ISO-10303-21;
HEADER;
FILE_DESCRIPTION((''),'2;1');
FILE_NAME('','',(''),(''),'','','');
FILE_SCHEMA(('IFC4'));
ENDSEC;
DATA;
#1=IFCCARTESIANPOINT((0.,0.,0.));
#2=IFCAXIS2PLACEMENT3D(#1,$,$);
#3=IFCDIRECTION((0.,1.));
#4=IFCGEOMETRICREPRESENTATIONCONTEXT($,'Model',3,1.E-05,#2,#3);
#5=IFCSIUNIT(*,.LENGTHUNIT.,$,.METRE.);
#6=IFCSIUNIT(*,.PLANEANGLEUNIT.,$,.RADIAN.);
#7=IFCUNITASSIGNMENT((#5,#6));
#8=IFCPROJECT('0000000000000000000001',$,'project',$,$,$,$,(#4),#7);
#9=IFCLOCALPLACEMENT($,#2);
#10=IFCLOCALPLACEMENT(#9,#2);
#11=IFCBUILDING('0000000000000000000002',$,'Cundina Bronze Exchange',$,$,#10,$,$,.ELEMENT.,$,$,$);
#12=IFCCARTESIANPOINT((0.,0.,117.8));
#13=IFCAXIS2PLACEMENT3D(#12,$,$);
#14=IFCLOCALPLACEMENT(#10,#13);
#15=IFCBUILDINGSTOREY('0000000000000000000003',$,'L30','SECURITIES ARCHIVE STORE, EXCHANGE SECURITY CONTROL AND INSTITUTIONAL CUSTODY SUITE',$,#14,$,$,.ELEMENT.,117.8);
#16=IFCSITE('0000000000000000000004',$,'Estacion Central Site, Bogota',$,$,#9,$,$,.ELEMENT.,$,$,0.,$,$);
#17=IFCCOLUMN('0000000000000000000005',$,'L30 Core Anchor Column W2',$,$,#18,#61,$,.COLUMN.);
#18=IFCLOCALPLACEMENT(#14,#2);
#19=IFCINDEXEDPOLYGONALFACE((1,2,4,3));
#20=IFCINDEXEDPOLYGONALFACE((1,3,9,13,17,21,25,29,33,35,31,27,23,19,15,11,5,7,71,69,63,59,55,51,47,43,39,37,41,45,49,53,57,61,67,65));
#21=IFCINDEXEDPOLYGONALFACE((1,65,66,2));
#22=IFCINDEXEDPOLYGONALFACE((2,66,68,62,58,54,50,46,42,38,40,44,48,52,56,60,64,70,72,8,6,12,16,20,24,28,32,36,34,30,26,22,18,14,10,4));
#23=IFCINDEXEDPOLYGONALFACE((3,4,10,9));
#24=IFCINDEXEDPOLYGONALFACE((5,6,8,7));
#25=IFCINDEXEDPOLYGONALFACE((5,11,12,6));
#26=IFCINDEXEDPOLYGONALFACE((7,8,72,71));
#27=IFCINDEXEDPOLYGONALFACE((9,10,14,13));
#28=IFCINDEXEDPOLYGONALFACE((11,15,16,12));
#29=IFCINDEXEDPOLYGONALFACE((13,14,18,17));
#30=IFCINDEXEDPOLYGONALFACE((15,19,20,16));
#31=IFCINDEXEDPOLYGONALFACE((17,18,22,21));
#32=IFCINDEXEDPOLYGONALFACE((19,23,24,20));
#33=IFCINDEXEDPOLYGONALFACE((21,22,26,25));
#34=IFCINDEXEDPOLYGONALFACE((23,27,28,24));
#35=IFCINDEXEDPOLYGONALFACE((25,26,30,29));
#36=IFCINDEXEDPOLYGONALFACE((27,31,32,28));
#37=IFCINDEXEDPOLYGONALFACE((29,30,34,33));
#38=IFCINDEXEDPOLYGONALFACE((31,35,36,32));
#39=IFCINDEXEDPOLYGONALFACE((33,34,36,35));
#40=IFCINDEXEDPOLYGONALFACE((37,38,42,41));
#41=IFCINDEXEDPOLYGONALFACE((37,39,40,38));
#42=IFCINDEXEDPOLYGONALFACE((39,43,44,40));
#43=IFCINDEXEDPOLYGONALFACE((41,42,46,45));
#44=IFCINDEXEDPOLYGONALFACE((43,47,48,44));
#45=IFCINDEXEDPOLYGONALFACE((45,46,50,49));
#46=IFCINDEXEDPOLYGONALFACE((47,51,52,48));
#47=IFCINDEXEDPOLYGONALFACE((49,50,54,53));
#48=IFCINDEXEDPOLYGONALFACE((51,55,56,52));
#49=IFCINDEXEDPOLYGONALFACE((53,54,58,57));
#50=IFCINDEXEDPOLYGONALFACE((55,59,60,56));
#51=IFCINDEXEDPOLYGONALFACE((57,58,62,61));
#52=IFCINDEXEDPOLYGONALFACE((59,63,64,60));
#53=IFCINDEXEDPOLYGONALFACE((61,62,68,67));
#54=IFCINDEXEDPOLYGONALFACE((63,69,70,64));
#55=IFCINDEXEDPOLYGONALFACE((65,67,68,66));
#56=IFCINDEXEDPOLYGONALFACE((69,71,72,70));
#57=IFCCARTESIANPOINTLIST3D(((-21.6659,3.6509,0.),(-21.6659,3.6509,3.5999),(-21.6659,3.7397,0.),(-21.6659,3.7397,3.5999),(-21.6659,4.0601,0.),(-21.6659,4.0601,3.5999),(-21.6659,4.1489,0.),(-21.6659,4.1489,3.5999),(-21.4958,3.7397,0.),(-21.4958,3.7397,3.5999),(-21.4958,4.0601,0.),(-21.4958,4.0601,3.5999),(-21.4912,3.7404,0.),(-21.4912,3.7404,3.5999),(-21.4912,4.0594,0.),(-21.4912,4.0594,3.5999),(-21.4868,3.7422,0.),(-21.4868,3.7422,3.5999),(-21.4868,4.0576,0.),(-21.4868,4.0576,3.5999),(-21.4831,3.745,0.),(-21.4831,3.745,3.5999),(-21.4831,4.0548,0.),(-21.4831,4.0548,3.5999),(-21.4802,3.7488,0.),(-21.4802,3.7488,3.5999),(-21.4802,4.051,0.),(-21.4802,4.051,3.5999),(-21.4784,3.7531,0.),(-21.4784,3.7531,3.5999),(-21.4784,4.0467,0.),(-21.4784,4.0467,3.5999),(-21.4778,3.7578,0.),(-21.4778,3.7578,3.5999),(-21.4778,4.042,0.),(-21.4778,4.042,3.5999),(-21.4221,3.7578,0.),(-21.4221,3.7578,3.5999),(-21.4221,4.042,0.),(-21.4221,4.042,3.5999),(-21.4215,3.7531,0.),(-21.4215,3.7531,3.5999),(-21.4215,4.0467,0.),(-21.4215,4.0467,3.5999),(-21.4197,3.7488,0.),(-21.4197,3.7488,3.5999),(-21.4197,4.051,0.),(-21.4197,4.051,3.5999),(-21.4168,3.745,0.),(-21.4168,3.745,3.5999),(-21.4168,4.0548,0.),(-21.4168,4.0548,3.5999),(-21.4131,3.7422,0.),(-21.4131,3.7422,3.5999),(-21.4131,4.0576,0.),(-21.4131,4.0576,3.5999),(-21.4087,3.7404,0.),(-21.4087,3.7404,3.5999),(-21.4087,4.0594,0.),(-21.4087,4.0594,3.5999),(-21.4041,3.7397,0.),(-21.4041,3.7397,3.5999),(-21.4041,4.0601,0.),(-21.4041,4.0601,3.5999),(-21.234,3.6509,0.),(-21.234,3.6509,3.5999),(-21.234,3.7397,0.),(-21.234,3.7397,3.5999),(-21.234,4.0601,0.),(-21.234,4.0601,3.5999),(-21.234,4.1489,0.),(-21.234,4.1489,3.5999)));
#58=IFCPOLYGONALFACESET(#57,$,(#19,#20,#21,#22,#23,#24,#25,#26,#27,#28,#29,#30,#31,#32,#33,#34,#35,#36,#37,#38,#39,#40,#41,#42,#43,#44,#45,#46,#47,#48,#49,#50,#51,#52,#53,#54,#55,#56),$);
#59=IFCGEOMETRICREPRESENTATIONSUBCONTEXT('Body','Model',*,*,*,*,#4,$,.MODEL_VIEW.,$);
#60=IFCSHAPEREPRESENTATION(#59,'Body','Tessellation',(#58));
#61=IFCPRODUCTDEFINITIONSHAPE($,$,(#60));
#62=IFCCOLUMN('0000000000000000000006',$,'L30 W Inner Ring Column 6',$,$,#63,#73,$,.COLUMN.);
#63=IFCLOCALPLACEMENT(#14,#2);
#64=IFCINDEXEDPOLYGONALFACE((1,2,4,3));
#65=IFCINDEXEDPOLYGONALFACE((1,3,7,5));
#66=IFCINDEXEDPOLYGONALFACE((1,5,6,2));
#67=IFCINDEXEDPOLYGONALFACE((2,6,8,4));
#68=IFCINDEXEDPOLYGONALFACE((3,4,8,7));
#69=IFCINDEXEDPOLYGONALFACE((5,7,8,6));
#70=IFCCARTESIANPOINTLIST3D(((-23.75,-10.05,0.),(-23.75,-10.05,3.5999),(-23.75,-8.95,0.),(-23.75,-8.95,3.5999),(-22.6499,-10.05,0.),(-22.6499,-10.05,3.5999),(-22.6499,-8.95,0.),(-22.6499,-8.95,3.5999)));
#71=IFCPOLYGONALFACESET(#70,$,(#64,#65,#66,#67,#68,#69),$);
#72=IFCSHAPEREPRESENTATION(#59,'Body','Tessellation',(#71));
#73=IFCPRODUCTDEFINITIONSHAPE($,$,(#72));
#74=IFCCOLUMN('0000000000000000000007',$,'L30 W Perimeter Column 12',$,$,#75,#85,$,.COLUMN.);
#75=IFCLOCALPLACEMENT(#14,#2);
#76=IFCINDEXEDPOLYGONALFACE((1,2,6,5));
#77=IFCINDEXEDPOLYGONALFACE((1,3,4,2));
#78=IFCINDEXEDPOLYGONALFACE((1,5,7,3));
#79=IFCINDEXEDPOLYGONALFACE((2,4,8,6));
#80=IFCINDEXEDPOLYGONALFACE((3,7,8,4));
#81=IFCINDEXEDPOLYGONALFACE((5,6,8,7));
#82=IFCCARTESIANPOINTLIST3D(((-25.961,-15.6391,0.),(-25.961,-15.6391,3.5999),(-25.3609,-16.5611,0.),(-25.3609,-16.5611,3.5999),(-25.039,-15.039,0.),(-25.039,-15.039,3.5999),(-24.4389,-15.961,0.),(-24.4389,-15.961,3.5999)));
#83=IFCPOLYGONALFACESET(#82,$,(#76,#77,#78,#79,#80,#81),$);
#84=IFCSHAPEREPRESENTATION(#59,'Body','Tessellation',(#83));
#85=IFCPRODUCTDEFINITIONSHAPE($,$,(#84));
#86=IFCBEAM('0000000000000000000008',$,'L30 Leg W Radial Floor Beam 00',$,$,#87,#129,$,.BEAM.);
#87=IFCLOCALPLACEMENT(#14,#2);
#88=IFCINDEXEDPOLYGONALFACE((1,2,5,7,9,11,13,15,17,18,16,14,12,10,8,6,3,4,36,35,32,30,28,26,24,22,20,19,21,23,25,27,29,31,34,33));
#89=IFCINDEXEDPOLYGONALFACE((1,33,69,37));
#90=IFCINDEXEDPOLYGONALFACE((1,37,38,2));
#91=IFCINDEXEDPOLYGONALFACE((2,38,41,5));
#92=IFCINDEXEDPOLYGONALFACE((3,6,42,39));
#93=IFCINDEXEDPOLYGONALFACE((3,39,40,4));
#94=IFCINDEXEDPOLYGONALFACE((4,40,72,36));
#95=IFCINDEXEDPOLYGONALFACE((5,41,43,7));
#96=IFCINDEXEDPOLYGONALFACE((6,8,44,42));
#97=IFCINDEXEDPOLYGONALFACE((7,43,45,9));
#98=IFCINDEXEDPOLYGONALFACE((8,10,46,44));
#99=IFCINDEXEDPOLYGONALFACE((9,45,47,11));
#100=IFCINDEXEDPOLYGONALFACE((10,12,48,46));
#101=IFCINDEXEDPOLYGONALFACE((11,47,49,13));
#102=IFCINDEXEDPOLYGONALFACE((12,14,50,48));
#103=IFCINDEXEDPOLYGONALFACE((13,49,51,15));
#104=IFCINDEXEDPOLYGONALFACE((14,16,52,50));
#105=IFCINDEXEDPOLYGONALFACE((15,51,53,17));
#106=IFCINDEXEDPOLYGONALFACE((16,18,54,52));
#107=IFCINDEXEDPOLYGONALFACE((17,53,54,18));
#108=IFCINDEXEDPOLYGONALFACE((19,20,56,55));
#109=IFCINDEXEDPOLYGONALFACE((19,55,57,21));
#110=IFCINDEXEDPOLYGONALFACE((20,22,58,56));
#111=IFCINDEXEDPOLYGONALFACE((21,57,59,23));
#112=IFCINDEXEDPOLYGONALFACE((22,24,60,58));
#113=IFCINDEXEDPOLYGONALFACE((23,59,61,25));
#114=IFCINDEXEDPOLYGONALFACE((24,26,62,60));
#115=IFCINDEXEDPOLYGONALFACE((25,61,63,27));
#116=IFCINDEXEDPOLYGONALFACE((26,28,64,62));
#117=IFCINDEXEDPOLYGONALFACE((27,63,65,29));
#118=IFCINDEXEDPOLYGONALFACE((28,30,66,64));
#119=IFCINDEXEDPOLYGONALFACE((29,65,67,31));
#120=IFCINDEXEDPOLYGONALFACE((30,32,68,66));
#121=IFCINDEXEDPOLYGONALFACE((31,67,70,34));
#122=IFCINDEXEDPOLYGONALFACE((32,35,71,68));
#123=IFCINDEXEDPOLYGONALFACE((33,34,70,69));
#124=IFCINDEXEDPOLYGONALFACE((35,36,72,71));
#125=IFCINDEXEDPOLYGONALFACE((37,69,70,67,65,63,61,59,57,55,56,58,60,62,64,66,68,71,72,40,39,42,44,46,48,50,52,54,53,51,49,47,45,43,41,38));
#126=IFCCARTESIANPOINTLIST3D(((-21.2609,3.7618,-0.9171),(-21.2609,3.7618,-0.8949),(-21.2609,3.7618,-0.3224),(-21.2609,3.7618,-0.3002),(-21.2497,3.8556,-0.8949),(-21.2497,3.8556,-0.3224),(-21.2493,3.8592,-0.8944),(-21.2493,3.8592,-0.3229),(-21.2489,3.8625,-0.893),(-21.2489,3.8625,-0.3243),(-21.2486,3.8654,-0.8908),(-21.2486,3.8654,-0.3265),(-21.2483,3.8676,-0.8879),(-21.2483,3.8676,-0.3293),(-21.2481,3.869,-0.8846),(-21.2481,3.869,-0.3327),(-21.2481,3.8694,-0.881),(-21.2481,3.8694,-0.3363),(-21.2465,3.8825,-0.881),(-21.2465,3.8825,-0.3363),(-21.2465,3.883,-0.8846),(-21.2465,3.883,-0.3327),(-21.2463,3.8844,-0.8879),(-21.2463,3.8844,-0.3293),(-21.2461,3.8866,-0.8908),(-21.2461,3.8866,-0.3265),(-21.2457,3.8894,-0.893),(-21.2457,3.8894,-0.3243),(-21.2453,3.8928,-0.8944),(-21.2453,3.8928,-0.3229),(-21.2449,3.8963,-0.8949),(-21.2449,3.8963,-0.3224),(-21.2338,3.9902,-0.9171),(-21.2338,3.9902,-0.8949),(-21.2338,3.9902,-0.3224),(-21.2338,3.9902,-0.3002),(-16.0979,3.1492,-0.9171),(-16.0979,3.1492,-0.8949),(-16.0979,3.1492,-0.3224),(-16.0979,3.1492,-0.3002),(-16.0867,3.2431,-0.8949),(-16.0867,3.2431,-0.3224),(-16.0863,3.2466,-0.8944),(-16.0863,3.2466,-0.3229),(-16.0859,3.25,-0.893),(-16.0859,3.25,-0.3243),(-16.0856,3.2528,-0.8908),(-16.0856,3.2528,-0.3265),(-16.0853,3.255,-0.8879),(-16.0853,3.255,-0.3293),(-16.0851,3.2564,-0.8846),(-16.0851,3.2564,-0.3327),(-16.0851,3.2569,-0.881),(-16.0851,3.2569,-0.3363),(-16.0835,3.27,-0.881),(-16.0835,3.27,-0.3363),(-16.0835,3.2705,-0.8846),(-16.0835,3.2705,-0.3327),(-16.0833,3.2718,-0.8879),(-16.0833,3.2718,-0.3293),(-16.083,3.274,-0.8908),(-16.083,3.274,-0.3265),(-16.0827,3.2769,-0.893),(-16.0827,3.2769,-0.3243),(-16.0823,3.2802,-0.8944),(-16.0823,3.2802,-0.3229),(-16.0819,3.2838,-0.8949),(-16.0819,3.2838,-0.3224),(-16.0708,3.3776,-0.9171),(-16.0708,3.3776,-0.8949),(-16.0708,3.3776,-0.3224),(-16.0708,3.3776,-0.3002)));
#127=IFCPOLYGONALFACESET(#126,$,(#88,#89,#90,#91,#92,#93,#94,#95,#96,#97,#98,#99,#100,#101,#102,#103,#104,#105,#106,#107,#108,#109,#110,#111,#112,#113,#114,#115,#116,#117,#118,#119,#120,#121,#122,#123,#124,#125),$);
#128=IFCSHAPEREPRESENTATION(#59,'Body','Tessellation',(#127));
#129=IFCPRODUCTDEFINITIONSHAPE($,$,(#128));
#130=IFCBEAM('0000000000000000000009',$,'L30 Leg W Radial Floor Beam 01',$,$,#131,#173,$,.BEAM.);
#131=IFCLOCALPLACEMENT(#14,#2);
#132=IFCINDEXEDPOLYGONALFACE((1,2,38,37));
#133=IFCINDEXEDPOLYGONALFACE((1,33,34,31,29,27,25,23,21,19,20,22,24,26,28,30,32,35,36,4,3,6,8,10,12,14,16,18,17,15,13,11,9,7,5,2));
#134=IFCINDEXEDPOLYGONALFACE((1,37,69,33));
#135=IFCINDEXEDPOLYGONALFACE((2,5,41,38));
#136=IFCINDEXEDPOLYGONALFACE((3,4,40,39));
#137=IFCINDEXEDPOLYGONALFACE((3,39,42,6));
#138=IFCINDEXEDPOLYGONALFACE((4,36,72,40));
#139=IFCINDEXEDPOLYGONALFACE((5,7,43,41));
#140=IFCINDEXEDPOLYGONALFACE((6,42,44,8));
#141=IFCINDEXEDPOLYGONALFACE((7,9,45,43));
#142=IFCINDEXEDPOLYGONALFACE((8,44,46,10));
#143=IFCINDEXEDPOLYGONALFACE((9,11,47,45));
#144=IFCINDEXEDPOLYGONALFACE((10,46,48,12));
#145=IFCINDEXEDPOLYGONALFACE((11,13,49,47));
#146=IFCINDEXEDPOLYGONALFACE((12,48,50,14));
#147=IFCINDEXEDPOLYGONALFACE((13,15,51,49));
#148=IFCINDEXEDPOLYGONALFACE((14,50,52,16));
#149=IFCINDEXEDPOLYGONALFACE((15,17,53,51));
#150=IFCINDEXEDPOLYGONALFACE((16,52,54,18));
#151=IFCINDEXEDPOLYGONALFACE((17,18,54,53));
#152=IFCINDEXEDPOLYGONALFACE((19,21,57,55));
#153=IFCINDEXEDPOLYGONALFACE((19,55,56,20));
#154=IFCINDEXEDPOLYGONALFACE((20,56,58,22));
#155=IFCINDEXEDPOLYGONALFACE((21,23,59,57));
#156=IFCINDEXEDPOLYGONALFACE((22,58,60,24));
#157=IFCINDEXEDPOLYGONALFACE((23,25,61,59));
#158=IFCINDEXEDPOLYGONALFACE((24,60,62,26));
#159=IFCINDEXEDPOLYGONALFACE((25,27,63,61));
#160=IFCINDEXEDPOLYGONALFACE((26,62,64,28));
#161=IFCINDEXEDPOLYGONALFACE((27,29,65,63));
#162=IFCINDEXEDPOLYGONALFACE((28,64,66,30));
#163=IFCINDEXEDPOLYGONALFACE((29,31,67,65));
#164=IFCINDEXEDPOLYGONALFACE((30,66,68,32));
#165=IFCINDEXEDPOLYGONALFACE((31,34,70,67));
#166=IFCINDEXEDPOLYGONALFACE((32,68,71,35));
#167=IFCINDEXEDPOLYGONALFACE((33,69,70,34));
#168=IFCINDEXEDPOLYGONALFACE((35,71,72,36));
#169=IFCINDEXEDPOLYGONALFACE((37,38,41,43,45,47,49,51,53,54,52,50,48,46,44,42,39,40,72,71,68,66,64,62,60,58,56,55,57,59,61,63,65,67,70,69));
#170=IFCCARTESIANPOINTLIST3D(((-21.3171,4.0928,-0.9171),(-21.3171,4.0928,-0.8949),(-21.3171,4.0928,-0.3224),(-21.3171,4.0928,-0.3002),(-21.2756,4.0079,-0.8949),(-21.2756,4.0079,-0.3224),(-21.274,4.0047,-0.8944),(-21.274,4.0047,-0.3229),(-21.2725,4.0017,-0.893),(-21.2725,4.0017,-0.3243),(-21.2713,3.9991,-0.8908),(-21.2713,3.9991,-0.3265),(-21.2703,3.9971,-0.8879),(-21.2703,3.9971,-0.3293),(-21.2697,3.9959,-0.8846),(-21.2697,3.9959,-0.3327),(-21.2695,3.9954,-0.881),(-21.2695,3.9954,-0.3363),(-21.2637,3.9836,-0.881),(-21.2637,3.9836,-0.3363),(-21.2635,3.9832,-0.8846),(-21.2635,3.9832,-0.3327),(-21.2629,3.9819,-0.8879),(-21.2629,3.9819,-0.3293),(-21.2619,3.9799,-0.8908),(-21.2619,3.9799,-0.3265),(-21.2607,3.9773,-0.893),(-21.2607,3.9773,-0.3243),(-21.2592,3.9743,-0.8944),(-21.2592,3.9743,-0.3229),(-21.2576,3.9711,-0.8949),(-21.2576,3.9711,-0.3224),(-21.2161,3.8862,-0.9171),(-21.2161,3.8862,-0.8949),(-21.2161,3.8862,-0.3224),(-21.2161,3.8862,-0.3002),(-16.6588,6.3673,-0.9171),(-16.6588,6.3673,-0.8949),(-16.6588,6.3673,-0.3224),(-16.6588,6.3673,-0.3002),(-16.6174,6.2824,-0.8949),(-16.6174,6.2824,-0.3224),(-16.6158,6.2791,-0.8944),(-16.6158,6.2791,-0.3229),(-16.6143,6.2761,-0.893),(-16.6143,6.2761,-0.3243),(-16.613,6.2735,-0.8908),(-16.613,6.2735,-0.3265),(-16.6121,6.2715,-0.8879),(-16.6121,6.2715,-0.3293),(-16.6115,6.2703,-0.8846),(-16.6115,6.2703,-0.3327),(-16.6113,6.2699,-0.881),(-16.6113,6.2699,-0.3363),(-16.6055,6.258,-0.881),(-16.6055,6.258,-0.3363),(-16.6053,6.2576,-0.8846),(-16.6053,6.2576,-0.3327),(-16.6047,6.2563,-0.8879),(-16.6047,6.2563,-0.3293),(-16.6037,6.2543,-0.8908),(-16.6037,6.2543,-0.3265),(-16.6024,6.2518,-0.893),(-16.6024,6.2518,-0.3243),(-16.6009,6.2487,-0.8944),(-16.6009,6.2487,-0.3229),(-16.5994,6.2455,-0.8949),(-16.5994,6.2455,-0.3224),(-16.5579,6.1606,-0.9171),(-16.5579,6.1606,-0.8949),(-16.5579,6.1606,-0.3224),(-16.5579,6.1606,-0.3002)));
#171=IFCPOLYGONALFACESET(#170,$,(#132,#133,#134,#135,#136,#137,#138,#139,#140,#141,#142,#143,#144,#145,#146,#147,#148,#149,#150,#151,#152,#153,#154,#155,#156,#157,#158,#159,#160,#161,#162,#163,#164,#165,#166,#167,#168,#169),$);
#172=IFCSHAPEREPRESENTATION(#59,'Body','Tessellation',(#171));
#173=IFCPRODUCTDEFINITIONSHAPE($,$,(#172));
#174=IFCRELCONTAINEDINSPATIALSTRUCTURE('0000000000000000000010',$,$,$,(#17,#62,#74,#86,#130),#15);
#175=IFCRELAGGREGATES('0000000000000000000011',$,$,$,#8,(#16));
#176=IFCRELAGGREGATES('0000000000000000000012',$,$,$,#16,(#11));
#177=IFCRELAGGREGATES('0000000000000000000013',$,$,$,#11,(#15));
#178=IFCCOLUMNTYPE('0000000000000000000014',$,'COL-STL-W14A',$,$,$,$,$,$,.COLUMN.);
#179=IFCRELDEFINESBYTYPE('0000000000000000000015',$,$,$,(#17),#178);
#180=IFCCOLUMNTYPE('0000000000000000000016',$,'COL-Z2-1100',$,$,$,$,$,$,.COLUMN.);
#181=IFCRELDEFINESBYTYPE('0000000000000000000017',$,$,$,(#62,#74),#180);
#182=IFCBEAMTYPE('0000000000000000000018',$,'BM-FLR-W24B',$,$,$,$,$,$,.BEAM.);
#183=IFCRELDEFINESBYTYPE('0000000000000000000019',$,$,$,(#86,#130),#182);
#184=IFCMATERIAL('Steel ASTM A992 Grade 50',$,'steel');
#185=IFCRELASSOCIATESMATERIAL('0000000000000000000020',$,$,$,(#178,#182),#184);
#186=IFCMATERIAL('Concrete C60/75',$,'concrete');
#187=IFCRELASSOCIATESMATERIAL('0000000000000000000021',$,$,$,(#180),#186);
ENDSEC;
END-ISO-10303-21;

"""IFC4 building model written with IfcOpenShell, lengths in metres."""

from ifc_helpers import new_model, si_unit, direction, frame, origin, origin_2d, place, context, subcontext, project, spatial, rectangle, i_section, extrude, material, material_profile, profile_set, type_object, element, save


model = new_model("IFC4")

# Units and contexts
model_context = context("Model", 3, precision=1e-05, world=origin(), true_north=direction((0.0, 1.0)))
body_context = subcontext(model_context, "Body", "Model", "MODEL_VIEW")
ifc_project = project(units=[si_unit("LENGTHUNIT", "METRE"), si_unit("PLANEANGLEUNIT", "RADIAN")], contexts=[model_context])

# Site, building, storey
site_placement = place(None, origin())
site = spatial("IfcSite", under=ifc_project, at=site_placement, Name="Estacion Central Site, Bogota", CompositionType="ELEMENT", RefElevation=0.0)
building_placement = place(site_placement, origin())
building = spatial("IfcBuilding", under=site, at=building_placement, Name="Cundina Bronze Exchange", CompositionType="ELEMENT")
storey_placement = place(building_placement, frame((0.0, 0.0, 117.8)))
storey = spatial("IfcBuildingStorey", under=building, at=storey_placement, Name="L30", Description="SECURITIES ARCHIVE STORE, EXCHANGE SECURITY CONTROL AND INSTITUTIONAL CUSTODY SUITE", CompositionType="ELEMENT", Elevation=117.8)

# Columns
ifc_material_1 = material(Name="Steel ASTM A992 Grade 50", Category="steel")
ifc_material_profile_1 = material_profile(ifc_material_1, i_section(OverallWidth=0.4319, OverallDepth=0.498, WebThickness=0.0557, FlangeThickness=0.0889, FilletRadius=0.0181, at=origin_2d()), Name="W14X500", Category="steel")
ifc_profile_set_1 = profile_set([ifc_material_profile_1], Name="Steel ASTM A992 Grade 50")
column_type_1 = type_object("IfcColumnType", Name="COL-STL-W14A", PredefinedType="COLUMN", material=ifc_profile_set_1)
column_placement = place(storey_placement, frame((-21.45, 3.8999, 0.0), z_axis=(0.0, 0.0, 1.0), x_axis=(1.0, 0.0, 0.0)))
element("IfcColumn", 1, at=column_placement, inside=storey, type_object=column_type_1, Name="L30 Core Anchor Column W2", PredefinedType="COLUMN", context=body_context, shape_type="SweptSolid", body=[
    extrude(i_section(OverallWidth=0.4319, OverallDepth=0.498, WebThickness=0.0557, FlangeThickness=0.0889, FilletRadius=0.0181, at=origin_2d()), origin(), (0.0, 0.0, 1.0), 3.5999),
])
ifc_material_2 = material(Name="Concrete C60/75", Category="concrete")
ifc_material_profile_2 = material_profile(ifc_material_2, rectangle(XDim=1.1001, YDim=1.1001, at=origin_2d()), Name="RC1100X1100", Category="concrete")
ifc_profile_set_2 = profile_set([ifc_material_profile_2], Name="Concrete C60/75")
column_type_2 = type_object("IfcColumnType", Name="COL-Z2-1100", PredefinedType="COLUMN", material=ifc_profile_set_2)
for number, where, z_axis, x_axis, name in (
    (2, (-23.2, -9.5, 0.0), (0.0, 0.0, 1.0), (1.0, 0.0, 0.0), "L30 W Inner Ring Column 6"),
    (3, (-25.2, -15.8, 0.0), (0.0, 0.0, 1.0), (0.8381, 0.545517, 0.0), "L30 W Perimeter Column 12"),
):
    element("IfcColumn", number, at=place(storey_placement, frame(where, z_axis=z_axis, x_axis=x_axis)), inside=storey, type_object=column_type_2, Name=name, PredefinedType="COLUMN", context=body_context, shape_type="SweptSolid", body=[
        extrude(rectangle(XDim=1.1001, YDim=1.1001, at=origin_2d()), origin(), (0.0, 0.0, 1.0), 3.5999),
    ])

# Beams
ifc_material_profile_3 = material_profile(ifc_material_1, i_section(OverallWidth=0.23, OverallDepth=0.6169, WebThickness=0.0132, FlangeThickness=0.0222, FilletRadius=0.0139, at=origin_2d()), Name="W24X94", Category="steel")
ifc_profile_set_3 = profile_set([ifc_material_profile_3], Name="Steel ASTM A992 Grade 50")
beam_type_1 = type_object("IfcBeamType", Name="BM-FLR-W24B", PredefinedType="BEAM", material=ifc_profile_set_3)
beam_1_placement = place(storey_placement, frame((-21.2473, 3.876, -0.6086), z_axis=(0.993036, -0.117814, 0.0), x_axis=(0.117814, 0.993036, 0.0)))
element("IfcBeam", 4, at=beam_1_placement, inside=storey, type_object=beam_type_1, Name="L30 Leg W Radial Floor Beam 00", PredefinedType="BEAM", context=body_context, shape_type="SweptSolid", body=[
    extrude(i_section(OverallWidth=0.23, OverallDepth=0.6169, WebThickness=0.0132, FlangeThickness=0.0222, FilletRadius=0.0139, at=origin_2d()), origin(), (0.0, 0.0, 1.0), 5.1992),
])
beam_2_placement = place(storey_placement, frame((-21.2666, 3.9895, -0.6086), z_axis=(0.898607, 0.438754, 0.0), x_axis=(-0.438754, 0.898607, 0.0)))
element("IfcBeam", 5, at=beam_2_placement, inside=storey, type_object=beam_type_1, Name="L30 Leg W Radial Floor Beam 01", PredefinedType="BEAM", context=body_context, shape_type="SweptSolid", body=[
    extrude(i_section(OverallWidth=0.23, OverallDepth=0.6169, WebThickness=0.0132, FlangeThickness=0.0222, FilletRadius=0.0139, at=origin_2d()), origin(), (0.0, 0.0, 1.0), 5.1838),
])

save(model, "model.ifc")
